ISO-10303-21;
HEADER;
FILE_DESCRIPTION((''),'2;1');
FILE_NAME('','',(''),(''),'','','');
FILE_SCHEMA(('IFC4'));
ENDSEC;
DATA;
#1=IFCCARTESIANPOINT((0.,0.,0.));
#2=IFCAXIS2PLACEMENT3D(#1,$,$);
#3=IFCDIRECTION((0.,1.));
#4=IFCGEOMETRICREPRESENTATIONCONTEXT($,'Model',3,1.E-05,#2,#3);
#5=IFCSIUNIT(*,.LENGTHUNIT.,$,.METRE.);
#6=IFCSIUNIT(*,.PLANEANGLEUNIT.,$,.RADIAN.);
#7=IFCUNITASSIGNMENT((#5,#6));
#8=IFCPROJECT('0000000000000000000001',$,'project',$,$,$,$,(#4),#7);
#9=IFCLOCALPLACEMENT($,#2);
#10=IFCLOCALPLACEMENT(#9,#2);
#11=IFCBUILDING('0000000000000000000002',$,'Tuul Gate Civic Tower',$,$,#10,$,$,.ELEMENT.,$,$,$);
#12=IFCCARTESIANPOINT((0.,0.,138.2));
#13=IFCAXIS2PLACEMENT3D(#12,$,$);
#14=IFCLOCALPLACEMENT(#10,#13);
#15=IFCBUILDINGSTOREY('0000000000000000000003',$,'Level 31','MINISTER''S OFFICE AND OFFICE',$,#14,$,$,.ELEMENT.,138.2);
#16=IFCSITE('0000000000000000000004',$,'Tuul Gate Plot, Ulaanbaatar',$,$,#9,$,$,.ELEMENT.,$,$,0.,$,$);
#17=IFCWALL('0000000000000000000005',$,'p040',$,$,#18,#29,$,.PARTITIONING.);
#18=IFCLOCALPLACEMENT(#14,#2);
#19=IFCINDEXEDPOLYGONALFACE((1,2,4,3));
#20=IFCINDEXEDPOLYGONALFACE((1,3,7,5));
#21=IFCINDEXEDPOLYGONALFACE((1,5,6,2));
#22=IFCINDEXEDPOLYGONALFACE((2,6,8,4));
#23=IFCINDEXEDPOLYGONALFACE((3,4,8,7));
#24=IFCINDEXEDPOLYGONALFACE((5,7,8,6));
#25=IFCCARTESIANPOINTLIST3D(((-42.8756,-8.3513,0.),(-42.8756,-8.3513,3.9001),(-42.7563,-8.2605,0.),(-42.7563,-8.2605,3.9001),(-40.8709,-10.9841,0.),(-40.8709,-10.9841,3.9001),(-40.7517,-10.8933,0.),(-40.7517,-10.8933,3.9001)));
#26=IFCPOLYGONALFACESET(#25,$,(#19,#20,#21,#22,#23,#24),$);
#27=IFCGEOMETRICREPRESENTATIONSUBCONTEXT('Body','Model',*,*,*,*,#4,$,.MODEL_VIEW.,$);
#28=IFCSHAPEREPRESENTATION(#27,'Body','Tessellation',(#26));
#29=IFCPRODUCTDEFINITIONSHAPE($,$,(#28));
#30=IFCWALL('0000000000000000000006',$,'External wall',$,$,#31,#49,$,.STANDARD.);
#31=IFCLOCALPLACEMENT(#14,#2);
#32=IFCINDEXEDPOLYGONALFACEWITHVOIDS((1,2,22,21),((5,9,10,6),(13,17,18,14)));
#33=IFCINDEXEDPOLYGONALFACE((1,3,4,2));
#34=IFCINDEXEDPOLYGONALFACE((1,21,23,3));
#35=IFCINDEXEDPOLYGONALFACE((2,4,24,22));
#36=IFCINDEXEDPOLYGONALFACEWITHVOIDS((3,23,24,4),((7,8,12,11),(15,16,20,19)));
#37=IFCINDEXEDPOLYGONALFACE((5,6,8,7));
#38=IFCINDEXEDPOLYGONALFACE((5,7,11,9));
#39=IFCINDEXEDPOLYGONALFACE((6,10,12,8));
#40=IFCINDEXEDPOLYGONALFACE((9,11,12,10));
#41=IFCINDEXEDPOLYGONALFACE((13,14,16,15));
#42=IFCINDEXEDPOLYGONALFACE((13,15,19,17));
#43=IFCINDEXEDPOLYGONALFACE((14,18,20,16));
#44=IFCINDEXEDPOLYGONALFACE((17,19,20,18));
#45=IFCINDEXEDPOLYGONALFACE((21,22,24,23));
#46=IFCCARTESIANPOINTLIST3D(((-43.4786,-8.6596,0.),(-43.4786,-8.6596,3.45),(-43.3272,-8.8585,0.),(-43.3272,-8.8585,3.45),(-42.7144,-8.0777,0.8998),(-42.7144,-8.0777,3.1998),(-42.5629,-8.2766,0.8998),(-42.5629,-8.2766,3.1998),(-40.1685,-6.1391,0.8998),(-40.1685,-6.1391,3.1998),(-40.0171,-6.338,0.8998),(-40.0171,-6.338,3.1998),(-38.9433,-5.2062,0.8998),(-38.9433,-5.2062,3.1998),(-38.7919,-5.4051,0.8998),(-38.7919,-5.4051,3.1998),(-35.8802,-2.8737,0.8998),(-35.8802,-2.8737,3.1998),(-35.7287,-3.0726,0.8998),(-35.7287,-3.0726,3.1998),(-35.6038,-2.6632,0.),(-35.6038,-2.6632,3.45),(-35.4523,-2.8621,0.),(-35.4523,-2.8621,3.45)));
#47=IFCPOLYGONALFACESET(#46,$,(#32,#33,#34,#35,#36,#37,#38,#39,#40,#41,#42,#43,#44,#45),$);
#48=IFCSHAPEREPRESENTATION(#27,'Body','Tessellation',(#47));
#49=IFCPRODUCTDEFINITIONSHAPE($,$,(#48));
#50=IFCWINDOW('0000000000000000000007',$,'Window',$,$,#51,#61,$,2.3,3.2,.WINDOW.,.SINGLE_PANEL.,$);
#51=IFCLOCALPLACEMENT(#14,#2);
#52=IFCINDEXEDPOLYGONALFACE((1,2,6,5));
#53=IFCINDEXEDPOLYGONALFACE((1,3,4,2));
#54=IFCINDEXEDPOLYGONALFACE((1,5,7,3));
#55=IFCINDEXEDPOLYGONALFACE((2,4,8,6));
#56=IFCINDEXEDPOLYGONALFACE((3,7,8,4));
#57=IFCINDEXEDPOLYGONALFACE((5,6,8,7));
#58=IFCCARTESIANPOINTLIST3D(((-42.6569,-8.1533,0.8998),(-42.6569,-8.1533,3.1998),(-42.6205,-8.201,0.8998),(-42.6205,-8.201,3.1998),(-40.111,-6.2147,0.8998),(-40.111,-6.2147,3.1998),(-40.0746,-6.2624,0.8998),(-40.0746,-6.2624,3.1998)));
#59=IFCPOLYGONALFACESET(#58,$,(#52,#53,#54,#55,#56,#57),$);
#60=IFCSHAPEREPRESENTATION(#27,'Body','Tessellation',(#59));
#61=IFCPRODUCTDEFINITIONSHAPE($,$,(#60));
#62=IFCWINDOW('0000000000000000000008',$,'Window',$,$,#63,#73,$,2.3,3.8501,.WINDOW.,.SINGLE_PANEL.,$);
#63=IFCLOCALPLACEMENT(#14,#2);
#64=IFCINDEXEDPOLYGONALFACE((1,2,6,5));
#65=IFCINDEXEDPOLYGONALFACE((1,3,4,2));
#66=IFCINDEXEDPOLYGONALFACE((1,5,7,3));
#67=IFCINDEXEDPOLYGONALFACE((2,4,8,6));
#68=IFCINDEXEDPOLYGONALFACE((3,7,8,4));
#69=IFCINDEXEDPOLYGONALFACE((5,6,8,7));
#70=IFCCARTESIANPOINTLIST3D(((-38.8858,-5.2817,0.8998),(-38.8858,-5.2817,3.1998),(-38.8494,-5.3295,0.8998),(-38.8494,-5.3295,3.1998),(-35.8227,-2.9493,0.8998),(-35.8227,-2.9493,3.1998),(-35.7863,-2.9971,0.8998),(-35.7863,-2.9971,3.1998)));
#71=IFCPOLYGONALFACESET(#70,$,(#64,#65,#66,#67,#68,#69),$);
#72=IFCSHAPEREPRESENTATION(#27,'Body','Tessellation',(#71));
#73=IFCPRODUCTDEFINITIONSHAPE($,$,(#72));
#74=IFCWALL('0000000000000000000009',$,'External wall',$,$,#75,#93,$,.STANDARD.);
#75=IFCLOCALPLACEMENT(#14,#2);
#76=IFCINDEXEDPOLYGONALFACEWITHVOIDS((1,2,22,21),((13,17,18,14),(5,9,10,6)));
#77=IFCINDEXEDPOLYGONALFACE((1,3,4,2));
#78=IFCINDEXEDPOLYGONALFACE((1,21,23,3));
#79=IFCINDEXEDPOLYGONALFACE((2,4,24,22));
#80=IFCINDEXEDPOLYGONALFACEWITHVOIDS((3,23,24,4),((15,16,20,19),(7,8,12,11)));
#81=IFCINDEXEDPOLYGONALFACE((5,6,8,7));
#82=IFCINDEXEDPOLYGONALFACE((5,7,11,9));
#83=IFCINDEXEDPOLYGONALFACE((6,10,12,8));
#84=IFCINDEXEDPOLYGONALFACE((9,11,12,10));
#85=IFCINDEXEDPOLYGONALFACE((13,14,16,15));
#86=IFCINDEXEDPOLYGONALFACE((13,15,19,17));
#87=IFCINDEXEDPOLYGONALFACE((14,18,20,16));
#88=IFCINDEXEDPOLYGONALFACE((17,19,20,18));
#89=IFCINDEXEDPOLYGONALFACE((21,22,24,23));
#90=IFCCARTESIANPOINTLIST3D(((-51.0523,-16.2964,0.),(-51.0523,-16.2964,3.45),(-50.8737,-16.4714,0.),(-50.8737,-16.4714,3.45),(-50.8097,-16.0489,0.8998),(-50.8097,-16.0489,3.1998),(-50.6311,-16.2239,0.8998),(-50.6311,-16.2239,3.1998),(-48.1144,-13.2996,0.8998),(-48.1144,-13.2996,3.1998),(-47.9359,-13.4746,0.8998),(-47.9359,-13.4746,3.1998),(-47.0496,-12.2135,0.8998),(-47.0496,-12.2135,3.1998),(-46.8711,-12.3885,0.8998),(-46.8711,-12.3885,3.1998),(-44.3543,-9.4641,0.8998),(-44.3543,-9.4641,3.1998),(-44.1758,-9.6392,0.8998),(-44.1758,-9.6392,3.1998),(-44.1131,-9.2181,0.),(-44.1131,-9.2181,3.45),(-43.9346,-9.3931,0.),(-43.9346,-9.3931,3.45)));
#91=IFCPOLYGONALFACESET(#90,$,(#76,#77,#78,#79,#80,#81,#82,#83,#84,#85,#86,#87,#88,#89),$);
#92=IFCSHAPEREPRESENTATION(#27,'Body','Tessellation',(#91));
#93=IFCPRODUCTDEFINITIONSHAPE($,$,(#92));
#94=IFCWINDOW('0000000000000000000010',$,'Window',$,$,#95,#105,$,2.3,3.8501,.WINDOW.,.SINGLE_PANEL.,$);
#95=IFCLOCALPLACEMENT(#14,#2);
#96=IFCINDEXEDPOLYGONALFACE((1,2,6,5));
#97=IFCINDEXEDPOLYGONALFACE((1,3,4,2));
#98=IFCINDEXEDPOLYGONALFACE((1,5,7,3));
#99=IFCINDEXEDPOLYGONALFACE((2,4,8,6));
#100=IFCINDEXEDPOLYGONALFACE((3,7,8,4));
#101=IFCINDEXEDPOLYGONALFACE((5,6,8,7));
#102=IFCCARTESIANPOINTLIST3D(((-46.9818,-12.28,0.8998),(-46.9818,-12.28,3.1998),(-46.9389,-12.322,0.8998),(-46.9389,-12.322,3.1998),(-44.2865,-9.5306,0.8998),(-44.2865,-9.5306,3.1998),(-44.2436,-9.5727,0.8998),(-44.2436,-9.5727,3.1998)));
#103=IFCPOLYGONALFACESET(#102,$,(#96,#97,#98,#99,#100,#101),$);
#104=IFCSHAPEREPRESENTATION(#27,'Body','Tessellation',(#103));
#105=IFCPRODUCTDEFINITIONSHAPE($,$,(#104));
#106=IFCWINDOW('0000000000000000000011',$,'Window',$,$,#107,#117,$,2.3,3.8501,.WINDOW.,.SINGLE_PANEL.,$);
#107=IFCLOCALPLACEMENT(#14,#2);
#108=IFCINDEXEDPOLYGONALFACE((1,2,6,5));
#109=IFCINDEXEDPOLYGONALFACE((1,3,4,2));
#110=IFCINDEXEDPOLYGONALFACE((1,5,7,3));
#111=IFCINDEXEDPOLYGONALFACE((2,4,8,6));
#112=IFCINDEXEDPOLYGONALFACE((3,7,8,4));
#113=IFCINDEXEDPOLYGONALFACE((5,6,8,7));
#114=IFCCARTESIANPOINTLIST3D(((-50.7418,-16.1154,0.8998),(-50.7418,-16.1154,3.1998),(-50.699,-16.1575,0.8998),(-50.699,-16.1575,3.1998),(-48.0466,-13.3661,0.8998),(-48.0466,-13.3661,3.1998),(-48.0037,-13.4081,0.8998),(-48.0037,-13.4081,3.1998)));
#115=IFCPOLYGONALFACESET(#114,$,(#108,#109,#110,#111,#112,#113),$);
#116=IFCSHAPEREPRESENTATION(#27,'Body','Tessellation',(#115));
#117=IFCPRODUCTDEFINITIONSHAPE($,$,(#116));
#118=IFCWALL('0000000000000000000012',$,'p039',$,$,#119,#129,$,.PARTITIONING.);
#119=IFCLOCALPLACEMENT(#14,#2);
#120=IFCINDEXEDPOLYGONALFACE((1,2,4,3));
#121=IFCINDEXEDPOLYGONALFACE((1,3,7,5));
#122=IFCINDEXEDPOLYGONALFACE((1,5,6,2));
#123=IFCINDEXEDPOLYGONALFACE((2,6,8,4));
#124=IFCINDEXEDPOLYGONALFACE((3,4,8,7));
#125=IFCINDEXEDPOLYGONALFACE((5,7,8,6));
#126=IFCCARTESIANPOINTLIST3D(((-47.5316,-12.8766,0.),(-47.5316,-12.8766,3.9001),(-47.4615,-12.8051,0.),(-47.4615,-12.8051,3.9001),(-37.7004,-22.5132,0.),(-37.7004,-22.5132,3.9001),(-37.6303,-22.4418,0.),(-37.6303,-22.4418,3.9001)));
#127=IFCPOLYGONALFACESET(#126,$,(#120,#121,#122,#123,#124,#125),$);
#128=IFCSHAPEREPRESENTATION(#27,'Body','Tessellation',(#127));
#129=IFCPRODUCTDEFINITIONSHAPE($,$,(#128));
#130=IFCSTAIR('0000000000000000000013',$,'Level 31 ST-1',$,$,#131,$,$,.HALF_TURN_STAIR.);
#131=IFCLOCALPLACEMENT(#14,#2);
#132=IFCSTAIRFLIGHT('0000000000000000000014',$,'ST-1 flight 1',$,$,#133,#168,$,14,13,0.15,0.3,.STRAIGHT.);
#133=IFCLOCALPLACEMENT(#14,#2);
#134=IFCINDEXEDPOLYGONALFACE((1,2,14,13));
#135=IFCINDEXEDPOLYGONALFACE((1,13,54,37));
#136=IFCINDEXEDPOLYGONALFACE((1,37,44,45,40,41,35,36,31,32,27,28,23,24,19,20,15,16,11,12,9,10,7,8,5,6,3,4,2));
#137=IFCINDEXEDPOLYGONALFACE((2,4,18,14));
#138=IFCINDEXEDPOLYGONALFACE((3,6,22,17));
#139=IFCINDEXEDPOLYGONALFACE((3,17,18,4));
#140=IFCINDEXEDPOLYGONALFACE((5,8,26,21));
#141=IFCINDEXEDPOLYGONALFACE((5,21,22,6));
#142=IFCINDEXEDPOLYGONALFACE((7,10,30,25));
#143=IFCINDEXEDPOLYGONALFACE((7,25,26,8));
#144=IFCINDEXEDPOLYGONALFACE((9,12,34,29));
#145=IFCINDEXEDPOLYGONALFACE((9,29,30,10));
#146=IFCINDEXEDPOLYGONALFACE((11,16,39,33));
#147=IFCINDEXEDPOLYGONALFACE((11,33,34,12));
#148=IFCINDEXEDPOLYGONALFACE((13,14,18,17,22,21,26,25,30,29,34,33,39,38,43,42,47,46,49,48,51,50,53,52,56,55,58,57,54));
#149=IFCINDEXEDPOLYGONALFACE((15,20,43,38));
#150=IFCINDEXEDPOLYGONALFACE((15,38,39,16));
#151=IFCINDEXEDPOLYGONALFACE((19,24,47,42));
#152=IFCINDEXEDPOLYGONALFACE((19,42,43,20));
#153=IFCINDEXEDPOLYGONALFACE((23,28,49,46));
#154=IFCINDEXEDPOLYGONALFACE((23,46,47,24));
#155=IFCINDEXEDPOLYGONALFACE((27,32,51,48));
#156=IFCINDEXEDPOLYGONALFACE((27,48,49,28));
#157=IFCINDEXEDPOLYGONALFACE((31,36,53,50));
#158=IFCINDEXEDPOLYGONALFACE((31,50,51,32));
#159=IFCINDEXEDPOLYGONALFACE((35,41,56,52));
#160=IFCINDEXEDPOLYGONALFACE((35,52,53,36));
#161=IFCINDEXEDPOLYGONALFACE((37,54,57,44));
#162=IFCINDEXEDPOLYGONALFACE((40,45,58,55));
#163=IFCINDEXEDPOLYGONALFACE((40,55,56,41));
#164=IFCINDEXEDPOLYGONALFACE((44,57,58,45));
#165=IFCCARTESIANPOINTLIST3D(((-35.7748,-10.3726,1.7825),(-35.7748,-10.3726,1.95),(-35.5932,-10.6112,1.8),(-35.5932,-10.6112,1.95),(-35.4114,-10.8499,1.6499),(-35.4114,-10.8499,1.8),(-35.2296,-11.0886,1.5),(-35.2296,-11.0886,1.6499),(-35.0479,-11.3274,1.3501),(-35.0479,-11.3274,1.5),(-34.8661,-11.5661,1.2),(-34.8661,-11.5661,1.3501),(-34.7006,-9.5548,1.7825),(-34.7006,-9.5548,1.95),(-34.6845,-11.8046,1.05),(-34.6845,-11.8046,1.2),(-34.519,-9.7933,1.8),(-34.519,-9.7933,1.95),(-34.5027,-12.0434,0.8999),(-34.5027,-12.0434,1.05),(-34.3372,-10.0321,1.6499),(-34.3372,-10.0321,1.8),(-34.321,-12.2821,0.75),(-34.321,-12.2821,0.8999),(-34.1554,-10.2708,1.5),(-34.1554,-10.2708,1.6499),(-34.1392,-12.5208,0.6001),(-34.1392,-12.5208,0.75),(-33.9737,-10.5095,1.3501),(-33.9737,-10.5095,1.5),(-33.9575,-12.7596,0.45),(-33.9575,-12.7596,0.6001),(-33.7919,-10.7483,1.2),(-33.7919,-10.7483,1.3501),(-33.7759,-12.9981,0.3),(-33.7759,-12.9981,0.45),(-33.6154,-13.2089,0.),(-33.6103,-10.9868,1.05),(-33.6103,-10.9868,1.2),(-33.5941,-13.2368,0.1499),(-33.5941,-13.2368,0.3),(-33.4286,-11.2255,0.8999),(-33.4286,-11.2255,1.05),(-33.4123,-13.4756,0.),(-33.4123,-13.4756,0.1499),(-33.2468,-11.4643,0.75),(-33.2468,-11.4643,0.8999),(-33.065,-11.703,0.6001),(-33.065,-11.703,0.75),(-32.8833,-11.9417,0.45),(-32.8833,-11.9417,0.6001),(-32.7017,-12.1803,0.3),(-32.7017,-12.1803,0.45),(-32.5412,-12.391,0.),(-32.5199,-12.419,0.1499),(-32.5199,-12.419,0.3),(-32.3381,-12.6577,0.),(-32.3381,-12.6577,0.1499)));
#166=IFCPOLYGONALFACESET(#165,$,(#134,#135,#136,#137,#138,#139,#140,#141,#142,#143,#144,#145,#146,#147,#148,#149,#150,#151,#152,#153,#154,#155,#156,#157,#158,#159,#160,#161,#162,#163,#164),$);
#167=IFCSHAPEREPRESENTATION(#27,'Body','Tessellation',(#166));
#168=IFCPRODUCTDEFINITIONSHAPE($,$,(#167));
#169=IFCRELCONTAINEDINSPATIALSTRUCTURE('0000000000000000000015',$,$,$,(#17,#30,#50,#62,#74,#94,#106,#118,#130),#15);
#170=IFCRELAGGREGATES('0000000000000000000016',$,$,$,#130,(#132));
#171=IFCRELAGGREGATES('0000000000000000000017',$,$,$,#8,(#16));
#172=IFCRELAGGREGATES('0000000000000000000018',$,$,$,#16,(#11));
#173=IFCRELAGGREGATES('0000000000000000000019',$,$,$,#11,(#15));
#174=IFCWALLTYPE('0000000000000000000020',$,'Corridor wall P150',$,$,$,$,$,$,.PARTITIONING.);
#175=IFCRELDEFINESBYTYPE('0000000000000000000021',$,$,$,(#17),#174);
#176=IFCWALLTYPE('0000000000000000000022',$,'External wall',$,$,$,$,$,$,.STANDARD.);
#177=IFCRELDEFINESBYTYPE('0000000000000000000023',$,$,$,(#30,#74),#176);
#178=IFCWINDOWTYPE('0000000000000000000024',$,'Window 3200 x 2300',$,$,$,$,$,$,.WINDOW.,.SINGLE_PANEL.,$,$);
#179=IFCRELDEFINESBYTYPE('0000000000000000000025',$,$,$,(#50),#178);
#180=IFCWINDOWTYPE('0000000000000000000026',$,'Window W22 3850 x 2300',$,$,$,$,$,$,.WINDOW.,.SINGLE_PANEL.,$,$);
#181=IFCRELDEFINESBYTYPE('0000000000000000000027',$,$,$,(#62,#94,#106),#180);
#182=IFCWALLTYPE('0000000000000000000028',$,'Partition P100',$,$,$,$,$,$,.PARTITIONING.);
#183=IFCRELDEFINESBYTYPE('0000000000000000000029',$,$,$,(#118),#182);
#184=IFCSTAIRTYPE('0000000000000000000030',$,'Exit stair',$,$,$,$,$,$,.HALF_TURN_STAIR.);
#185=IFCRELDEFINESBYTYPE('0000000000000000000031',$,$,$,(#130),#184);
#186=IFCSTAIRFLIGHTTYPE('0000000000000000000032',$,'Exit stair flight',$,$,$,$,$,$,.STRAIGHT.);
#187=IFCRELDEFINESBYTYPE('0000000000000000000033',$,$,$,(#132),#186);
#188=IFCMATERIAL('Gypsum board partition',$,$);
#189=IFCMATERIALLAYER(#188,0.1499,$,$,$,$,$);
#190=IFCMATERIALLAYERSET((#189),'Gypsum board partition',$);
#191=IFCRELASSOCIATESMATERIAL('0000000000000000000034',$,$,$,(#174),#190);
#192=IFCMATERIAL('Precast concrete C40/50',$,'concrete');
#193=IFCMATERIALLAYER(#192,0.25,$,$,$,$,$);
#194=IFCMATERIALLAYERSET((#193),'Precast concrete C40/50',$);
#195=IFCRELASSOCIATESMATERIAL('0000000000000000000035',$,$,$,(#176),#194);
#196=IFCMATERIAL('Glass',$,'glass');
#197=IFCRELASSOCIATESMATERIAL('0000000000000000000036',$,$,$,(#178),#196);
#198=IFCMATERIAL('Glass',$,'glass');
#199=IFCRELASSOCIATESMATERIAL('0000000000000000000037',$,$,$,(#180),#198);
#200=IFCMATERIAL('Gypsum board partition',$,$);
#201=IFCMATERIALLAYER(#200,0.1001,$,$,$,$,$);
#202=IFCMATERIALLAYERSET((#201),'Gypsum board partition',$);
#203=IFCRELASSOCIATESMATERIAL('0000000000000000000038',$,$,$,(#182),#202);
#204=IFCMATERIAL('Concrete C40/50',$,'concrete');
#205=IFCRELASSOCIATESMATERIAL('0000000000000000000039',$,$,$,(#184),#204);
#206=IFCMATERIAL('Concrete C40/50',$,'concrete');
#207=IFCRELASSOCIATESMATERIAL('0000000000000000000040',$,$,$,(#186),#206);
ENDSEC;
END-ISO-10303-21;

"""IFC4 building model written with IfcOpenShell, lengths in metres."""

from ifc_helpers import new_model, si_unit, direction, frame, frame_2d, origin, place, context, subcontext, project, spatial, polyline, rectangle, outline, extrude, material, layer, layer_set, type_object, element, fill, aggregate, save


model = new_model("IFC4")

# Units and contexts
model_context = context("Model", 3, precision=1e-05, world=origin(), true_north=direction((0.0, 1.0)))
body_context = subcontext(model_context, "Body", "Model", "MODEL_VIEW")
ifc_project = project(units=[si_unit("LENGTHUNIT", "METRE"), si_unit("PLANEANGLEUNIT", "RADIAN")], contexts=[model_context])

# Site, building, storey
site_placement = place(None, origin())
site = spatial("IfcSite", under=ifc_project, at=site_placement, Name="Tuul Gate Plot, Ulaanbaatar", CompositionType="ELEMENT", RefElevation=0.0)
building_placement = place(site_placement, origin())
building = spatial("IfcBuilding", under=site, at=building_placement, Name="Tuul Gate Civic Tower", CompositionType="ELEMENT")
storey_placement = place(building_placement, frame((0.0, 0.0, 138.2)))
storey = spatial("IfcBuildingStorey", under=building, at=storey_placement, Name="Level 31", Description="MINISTER'S OFFICE AND OFFICE", CompositionType="ELEMENT", Elevation=138.2)

# Wall
ifc_material_1 = material(Name="Gypsum board partition")
ifc_layer_1 = layer(ifc_material_1, 0.1499)
ifc_layer_set_1 = layer_set([ifc_layer_1], Name="Gypsum board partition")
wall_type_1 = type_object("IfcWallType", Name="Corridor wall P150", PredefinedType="PARTITIONING", material=ifc_layer_set_1)
wall_1_placement = place(storey_placement, frame((-42.8159, -8.3059, 0.0), z_axis=(0.0, 0.0, 1.0), x_axis=(0.605792, -0.795623, 0.0)))
element("IfcWall", 1, at=wall_1_placement, inside=storey, type_object=wall_type_1, Name="p040", PredefinedType="PARTITIONING", context=body_context, shape_type="SweptSolid", body=[
    extrude(rectangle(XDim=3.3091, YDim=0.1499, at=frame_2d((1.6545, 0.0))), origin(), (0.0, 0.0, 1.0), 3.9001),
])

# Walls, openings, windows
ifc_material_2 = material(Name="Precast concrete C40/50", Category="concrete")
ifc_layer_2 = layer(ifc_material_2, 0.25)
ifc_layer_set_2 = layer_set([ifc_layer_2], Name="Precast concrete C40/50")
wall_type_2 = type_object("IfcWallType", Name="External wall", PredefinedType="STANDARD", material=ifc_layer_set_2)
wall_2_placement = place(storey_placement, frame((-35.5281, -2.7627, 0.0), z_axis=(0.0, 0.0, 1.0), x_axis=(-0.795601, -0.605821, 0.0)))
wall_2 = element("IfcWall", 2, at=wall_2_placement, inside=storey, type_object=wall_type_2, Name="External wall", PredefinedType="STANDARD", context=body_context, shape_type="SweptSolid", body=[
    extrude(rectangle(XDim=9.8979, YDim=0.25, at=frame_2d((4.949, 0.0))), origin(), (0.0, 0.0, 1.0), 3.45),
])
opening_1_placement = place(wall_2_placement, frame((0.3474, 0.0, 0.8999)))
opening_1 = element("IfcOpeningElement", 3, at=opening_1_placement, cuts=wall_2, PredefinedType="OPENING", context=body_context, shape_type="SweptSolid", body=[
    extrude(rectangle(XDim=3.8501, YDim=2.3, at=frame_2d((1.925, 1.1499))), frame((0.0, 0.135, 0.0), z_axis=(0.0, -1.0, 0.0), x_axis=(1.0, 0.0, 0.0)), (0.0, 0.0, 1.0), 0.27),
])
opening_2_placement = place(wall_2_placement, frame((5.7373, 0.0, 0.8999)))
opening_2 = element("IfcOpeningElement", 4, at=opening_2_placement, cuts=wall_2, PredefinedType="OPENING", context=body_context, shape_type="SweptSolid", body=[
    extrude(rectangle(XDim=3.2, YDim=2.3, at=frame_2d((1.6001, 1.1499))), frame((0.0, 0.135, 0.0), z_axis=(0.0, -1.0, 0.0), x_axis=(1.0, 0.0, 0.0)), (0.0, 0.0, 1.0), 0.27),
])
ifc_material_3 = material(Name="Glass", Category="glass")
window_type_1 = type_object("IfcWindowType", Name="Window 3200 x 2300", PartitioningType="SINGLE_PANEL", PredefinedType="WINDOW", material=ifc_material_3)
window_1_placement = place(opening_2_placement, origin())
window_1 = element("IfcWindow", 5, at=window_1_placement, inside=storey, type_object=window_type_1, Name="Window", OverallHeight=2.3, OverallWidth=3.2, PartitioningType="SINGLE_PANEL", PredefinedType="WINDOW", context=body_context, shape_type="SweptSolid", body=[
    extrude(rectangle(XDim=3.2, YDim=2.3, at=frame_2d((1.6001, 1.1499))), frame((0.0, 0.03, 0.0), z_axis=(0.0, -1.0, 0.0), x_axis=(1.0, 0.0, 0.0)), (0.0, 0.0, 1.0), 0.0601),
])
fill(opening_2, window_1)
ifc_material_4 = material(Name="Glass", Category="glass")
window_type_2 = type_object("IfcWindowType", Name="Window W22 3850 x 2300", PartitioningType="SINGLE_PANEL", PredefinedType="WINDOW", material=ifc_material_4)
window_2_placement = place(opening_1_placement, origin())
window_2 = element("IfcWindow", 6, at=window_2_placement, inside=storey, type_object=window_type_2, Name="Window", OverallHeight=2.3, OverallWidth=3.8501, PartitioningType="SINGLE_PANEL", PredefinedType="WINDOW", context=body_context, shape_type="SweptSolid", body=[
    extrude(rectangle(XDim=3.8501, YDim=2.3, at=frame_2d((1.925, 1.1499))), frame((0.0, 0.03, 0.0), z_axis=(0.0, -1.0, 0.0), x_axis=(1.0, 0.0, 0.0)), (0.0, 0.0, 1.0), 0.0601),
])
fill(opening_1, window_2)
wall_3_placement = place(storey_placement, frame((-44.0239, -9.3057, 0.0), z_axis=(0.0, 0.0, 1.0), x_axis=(-0.700052, -0.714091, 0.0)))
wall_3 = element("IfcWall", 7, at=wall_3_placement, inside=storey, type_object=wall_type_2, Name="External wall", PredefinedType="STANDARD", context=body_context, shape_type="SweptSolid", body=[
    extrude(rectangle(XDim=9.9124, YDim=0.25, at=frame_2d((4.9561, 0.0))), origin(), (0.0, 0.0, 1.0), 3.45),
])
opening_3_placement = place(wall_3_placement, frame((0.3445, 0.0, 0.8999)))
opening_3 = element("IfcOpeningElement", 8, at=opening_3_placement, cuts=wall_3, PredefinedType="OPENING", context=body_context, shape_type="SweptSolid", body=[
    extrude(rectangle(XDim=3.8501, YDim=2.3, at=frame_2d((1.925, 1.1499))), frame((0.0, 0.135, 0.0), z_axis=(0.0, -1.0, 0.0), x_axis=(1.0, 0.0, 0.0)), (0.0, 0.0, 1.0), 0.27),
])
opening_4_placement = place(wall_3_placement, frame((5.7156, 0.0, 0.8999)))
opening_4 = element("IfcOpeningElement", 9, at=opening_4_placement, cuts=wall_3, PredefinedType="OPENING", context=body_context, shape_type="SweptSolid", body=[
    extrude(rectangle(XDim=3.8501, YDim=2.3, at=frame_2d((1.925, 1.1499))), frame((0.0, 0.135, 0.0), z_axis=(0.0, -1.0, 0.0), x_axis=(1.0, 0.0, 0.0)), (0.0, 0.0, 1.0), 0.27),
])
window_3_placement = place(opening_3_placement, origin())
window_3 = element("IfcWindow", 10, at=window_3_placement, inside=storey, type_object=window_type_2, Name="Window", OverallHeight=2.3, OverallWidth=3.8501, PartitioningType="SINGLE_PANEL", PredefinedType="WINDOW", context=body_context, shape_type="SweptSolid", body=[
    extrude(rectangle(XDim=3.8501, YDim=2.3, at=frame_2d((1.925, 1.1499))), frame((0.0, 0.03, 0.0), z_axis=(0.0, -1.0, 0.0), x_axis=(1.0, 0.0, 0.0)), (0.0, 0.0, 1.0), 0.0601),
])
fill(opening_3, window_3)
window_4_placement = place(opening_4_placement, origin())
window_4 = element("IfcWindow", 11, at=window_4_placement, inside=storey, type_object=window_type_2, Name="Window", OverallHeight=2.3, OverallWidth=3.8501, PartitioningType="SINGLE_PANEL", PredefinedType="WINDOW", context=body_context, shape_type="SweptSolid", body=[
    extrude(rectangle(XDim=3.8501, YDim=2.3, at=frame_2d((1.925, 1.1499))), frame((0.0, 0.03, 0.0), z_axis=(0.0, -1.0, 0.0), x_axis=(1.0, 0.0, 0.0)), (0.0, 0.0, 1.0), 0.0601),
])
fill(opening_4, window_4)

# Wall
ifc_material_5 = material(Name="Gypsum board partition")
ifc_layer_3 = layer(ifc_material_5, 0.1001)
ifc_layer_set_3 = layer_set([ifc_layer_3], Name="Gypsum board partition")
wall_type_3 = type_object("IfcWallType", Name="Partition P100", PredefinedType="PARTITIONING", material=ifc_layer_set_3)
wall_4_placement = place(storey_placement, frame((-47.4966, -12.8408, 0.0), z_axis=(0.0, 0.0, 1.0), x_axis=(0.714139, -0.700004, 0.0)))
element("IfcWall", 12, at=wall_4_placement, inside=storey, type_object=wall_type_3, Name="p039", PredefinedType="PARTITIONING", context=body_context, shape_type="SweptSolid", body=[
    extrude(rectangle(XDim=13.7666, YDim=0.1001, at=frame_2d((6.8833, 0.0))), origin(), (0.0, 0.0, 1.0), 3.9001),
])

# Stair, stair flight
ifc_material_6 = material(Name="Concrete C40/50", Category="concrete")
stair_type = type_object("IfcStairType", Name="Exit stair", PredefinedType="HALF_TURN_STAIR", material=ifc_material_6)
stair_placement = place(storey_placement, origin())
stair = element("IfcStair", 13, at=stair_placement, inside=storey, type_object=stair_type, Name="Level 31 ST-1", PredefinedType="HALF_TURN_STAIR")
ifc_material_7 = material(Name="Concrete C40/50", Category="concrete")
stair_flight_type = type_object("IfcStairFlightType", Name="Exit stair flight", PredefinedType="STRAIGHT", material=ifc_material_7)
stair_flight_1_placement = place(storey_placement, frame((-32.8752, -13.0667, 0.0), z_axis=(0.0, 0.0, 1.0), x_axis=(-0.605764, 0.795644, 0.0)))
stair_flight_1 = element("IfcStairFlight", 14, at=stair_flight_1_placement, type_object=stair_flight_type, Name="ST-1 flight 1", NumberOfRisers=14, NumberOfTreads=13, PredefinedType="STRAIGHT", RiserHeight=0.15, TreadLength=0.3, context=body_context, shape_type="SweptSolid", body=[
    extrude(outline(polyline([(0.0, 0.0), (0.0, 0.1499), (0.3, 0.1499), (0.3, 0.3), (0.6001, 0.3), (0.6001, 0.45), (0.8999, 0.45), (0.8999, 0.6001), (1.2, 0.6001), (1.2, 0.75), (1.5, 0.75), (1.5, 0.8999), (1.8, 0.8999), (1.8, 1.05), (2.1001, 1.05), (2.1001, 1.2), (2.3999, 1.2), (2.3999, 1.3501), (2.7, 1.3501), (2.7, 1.5), (3.0, 1.5), (3.0, 1.6499), (3.3, 1.6499), (3.3, 1.8), (3.6001, 1.8), (3.6001, 1.95), (3.8999, 1.95), (3.8999, 2.1001), (3.8999, 1.7825), (0.3352, 0.0), (0.0, 0.0)])), frame((0.0, 0.675, 0.0), z_axis=(0.0, -1.0, 0.0), x_axis=(1.0, 0.0, 0.0)), (0.0, 0.0, 1.0), 1.3501),
])
aggregate(stair, [stair_flight_1])

save(model, "model.ifc")
